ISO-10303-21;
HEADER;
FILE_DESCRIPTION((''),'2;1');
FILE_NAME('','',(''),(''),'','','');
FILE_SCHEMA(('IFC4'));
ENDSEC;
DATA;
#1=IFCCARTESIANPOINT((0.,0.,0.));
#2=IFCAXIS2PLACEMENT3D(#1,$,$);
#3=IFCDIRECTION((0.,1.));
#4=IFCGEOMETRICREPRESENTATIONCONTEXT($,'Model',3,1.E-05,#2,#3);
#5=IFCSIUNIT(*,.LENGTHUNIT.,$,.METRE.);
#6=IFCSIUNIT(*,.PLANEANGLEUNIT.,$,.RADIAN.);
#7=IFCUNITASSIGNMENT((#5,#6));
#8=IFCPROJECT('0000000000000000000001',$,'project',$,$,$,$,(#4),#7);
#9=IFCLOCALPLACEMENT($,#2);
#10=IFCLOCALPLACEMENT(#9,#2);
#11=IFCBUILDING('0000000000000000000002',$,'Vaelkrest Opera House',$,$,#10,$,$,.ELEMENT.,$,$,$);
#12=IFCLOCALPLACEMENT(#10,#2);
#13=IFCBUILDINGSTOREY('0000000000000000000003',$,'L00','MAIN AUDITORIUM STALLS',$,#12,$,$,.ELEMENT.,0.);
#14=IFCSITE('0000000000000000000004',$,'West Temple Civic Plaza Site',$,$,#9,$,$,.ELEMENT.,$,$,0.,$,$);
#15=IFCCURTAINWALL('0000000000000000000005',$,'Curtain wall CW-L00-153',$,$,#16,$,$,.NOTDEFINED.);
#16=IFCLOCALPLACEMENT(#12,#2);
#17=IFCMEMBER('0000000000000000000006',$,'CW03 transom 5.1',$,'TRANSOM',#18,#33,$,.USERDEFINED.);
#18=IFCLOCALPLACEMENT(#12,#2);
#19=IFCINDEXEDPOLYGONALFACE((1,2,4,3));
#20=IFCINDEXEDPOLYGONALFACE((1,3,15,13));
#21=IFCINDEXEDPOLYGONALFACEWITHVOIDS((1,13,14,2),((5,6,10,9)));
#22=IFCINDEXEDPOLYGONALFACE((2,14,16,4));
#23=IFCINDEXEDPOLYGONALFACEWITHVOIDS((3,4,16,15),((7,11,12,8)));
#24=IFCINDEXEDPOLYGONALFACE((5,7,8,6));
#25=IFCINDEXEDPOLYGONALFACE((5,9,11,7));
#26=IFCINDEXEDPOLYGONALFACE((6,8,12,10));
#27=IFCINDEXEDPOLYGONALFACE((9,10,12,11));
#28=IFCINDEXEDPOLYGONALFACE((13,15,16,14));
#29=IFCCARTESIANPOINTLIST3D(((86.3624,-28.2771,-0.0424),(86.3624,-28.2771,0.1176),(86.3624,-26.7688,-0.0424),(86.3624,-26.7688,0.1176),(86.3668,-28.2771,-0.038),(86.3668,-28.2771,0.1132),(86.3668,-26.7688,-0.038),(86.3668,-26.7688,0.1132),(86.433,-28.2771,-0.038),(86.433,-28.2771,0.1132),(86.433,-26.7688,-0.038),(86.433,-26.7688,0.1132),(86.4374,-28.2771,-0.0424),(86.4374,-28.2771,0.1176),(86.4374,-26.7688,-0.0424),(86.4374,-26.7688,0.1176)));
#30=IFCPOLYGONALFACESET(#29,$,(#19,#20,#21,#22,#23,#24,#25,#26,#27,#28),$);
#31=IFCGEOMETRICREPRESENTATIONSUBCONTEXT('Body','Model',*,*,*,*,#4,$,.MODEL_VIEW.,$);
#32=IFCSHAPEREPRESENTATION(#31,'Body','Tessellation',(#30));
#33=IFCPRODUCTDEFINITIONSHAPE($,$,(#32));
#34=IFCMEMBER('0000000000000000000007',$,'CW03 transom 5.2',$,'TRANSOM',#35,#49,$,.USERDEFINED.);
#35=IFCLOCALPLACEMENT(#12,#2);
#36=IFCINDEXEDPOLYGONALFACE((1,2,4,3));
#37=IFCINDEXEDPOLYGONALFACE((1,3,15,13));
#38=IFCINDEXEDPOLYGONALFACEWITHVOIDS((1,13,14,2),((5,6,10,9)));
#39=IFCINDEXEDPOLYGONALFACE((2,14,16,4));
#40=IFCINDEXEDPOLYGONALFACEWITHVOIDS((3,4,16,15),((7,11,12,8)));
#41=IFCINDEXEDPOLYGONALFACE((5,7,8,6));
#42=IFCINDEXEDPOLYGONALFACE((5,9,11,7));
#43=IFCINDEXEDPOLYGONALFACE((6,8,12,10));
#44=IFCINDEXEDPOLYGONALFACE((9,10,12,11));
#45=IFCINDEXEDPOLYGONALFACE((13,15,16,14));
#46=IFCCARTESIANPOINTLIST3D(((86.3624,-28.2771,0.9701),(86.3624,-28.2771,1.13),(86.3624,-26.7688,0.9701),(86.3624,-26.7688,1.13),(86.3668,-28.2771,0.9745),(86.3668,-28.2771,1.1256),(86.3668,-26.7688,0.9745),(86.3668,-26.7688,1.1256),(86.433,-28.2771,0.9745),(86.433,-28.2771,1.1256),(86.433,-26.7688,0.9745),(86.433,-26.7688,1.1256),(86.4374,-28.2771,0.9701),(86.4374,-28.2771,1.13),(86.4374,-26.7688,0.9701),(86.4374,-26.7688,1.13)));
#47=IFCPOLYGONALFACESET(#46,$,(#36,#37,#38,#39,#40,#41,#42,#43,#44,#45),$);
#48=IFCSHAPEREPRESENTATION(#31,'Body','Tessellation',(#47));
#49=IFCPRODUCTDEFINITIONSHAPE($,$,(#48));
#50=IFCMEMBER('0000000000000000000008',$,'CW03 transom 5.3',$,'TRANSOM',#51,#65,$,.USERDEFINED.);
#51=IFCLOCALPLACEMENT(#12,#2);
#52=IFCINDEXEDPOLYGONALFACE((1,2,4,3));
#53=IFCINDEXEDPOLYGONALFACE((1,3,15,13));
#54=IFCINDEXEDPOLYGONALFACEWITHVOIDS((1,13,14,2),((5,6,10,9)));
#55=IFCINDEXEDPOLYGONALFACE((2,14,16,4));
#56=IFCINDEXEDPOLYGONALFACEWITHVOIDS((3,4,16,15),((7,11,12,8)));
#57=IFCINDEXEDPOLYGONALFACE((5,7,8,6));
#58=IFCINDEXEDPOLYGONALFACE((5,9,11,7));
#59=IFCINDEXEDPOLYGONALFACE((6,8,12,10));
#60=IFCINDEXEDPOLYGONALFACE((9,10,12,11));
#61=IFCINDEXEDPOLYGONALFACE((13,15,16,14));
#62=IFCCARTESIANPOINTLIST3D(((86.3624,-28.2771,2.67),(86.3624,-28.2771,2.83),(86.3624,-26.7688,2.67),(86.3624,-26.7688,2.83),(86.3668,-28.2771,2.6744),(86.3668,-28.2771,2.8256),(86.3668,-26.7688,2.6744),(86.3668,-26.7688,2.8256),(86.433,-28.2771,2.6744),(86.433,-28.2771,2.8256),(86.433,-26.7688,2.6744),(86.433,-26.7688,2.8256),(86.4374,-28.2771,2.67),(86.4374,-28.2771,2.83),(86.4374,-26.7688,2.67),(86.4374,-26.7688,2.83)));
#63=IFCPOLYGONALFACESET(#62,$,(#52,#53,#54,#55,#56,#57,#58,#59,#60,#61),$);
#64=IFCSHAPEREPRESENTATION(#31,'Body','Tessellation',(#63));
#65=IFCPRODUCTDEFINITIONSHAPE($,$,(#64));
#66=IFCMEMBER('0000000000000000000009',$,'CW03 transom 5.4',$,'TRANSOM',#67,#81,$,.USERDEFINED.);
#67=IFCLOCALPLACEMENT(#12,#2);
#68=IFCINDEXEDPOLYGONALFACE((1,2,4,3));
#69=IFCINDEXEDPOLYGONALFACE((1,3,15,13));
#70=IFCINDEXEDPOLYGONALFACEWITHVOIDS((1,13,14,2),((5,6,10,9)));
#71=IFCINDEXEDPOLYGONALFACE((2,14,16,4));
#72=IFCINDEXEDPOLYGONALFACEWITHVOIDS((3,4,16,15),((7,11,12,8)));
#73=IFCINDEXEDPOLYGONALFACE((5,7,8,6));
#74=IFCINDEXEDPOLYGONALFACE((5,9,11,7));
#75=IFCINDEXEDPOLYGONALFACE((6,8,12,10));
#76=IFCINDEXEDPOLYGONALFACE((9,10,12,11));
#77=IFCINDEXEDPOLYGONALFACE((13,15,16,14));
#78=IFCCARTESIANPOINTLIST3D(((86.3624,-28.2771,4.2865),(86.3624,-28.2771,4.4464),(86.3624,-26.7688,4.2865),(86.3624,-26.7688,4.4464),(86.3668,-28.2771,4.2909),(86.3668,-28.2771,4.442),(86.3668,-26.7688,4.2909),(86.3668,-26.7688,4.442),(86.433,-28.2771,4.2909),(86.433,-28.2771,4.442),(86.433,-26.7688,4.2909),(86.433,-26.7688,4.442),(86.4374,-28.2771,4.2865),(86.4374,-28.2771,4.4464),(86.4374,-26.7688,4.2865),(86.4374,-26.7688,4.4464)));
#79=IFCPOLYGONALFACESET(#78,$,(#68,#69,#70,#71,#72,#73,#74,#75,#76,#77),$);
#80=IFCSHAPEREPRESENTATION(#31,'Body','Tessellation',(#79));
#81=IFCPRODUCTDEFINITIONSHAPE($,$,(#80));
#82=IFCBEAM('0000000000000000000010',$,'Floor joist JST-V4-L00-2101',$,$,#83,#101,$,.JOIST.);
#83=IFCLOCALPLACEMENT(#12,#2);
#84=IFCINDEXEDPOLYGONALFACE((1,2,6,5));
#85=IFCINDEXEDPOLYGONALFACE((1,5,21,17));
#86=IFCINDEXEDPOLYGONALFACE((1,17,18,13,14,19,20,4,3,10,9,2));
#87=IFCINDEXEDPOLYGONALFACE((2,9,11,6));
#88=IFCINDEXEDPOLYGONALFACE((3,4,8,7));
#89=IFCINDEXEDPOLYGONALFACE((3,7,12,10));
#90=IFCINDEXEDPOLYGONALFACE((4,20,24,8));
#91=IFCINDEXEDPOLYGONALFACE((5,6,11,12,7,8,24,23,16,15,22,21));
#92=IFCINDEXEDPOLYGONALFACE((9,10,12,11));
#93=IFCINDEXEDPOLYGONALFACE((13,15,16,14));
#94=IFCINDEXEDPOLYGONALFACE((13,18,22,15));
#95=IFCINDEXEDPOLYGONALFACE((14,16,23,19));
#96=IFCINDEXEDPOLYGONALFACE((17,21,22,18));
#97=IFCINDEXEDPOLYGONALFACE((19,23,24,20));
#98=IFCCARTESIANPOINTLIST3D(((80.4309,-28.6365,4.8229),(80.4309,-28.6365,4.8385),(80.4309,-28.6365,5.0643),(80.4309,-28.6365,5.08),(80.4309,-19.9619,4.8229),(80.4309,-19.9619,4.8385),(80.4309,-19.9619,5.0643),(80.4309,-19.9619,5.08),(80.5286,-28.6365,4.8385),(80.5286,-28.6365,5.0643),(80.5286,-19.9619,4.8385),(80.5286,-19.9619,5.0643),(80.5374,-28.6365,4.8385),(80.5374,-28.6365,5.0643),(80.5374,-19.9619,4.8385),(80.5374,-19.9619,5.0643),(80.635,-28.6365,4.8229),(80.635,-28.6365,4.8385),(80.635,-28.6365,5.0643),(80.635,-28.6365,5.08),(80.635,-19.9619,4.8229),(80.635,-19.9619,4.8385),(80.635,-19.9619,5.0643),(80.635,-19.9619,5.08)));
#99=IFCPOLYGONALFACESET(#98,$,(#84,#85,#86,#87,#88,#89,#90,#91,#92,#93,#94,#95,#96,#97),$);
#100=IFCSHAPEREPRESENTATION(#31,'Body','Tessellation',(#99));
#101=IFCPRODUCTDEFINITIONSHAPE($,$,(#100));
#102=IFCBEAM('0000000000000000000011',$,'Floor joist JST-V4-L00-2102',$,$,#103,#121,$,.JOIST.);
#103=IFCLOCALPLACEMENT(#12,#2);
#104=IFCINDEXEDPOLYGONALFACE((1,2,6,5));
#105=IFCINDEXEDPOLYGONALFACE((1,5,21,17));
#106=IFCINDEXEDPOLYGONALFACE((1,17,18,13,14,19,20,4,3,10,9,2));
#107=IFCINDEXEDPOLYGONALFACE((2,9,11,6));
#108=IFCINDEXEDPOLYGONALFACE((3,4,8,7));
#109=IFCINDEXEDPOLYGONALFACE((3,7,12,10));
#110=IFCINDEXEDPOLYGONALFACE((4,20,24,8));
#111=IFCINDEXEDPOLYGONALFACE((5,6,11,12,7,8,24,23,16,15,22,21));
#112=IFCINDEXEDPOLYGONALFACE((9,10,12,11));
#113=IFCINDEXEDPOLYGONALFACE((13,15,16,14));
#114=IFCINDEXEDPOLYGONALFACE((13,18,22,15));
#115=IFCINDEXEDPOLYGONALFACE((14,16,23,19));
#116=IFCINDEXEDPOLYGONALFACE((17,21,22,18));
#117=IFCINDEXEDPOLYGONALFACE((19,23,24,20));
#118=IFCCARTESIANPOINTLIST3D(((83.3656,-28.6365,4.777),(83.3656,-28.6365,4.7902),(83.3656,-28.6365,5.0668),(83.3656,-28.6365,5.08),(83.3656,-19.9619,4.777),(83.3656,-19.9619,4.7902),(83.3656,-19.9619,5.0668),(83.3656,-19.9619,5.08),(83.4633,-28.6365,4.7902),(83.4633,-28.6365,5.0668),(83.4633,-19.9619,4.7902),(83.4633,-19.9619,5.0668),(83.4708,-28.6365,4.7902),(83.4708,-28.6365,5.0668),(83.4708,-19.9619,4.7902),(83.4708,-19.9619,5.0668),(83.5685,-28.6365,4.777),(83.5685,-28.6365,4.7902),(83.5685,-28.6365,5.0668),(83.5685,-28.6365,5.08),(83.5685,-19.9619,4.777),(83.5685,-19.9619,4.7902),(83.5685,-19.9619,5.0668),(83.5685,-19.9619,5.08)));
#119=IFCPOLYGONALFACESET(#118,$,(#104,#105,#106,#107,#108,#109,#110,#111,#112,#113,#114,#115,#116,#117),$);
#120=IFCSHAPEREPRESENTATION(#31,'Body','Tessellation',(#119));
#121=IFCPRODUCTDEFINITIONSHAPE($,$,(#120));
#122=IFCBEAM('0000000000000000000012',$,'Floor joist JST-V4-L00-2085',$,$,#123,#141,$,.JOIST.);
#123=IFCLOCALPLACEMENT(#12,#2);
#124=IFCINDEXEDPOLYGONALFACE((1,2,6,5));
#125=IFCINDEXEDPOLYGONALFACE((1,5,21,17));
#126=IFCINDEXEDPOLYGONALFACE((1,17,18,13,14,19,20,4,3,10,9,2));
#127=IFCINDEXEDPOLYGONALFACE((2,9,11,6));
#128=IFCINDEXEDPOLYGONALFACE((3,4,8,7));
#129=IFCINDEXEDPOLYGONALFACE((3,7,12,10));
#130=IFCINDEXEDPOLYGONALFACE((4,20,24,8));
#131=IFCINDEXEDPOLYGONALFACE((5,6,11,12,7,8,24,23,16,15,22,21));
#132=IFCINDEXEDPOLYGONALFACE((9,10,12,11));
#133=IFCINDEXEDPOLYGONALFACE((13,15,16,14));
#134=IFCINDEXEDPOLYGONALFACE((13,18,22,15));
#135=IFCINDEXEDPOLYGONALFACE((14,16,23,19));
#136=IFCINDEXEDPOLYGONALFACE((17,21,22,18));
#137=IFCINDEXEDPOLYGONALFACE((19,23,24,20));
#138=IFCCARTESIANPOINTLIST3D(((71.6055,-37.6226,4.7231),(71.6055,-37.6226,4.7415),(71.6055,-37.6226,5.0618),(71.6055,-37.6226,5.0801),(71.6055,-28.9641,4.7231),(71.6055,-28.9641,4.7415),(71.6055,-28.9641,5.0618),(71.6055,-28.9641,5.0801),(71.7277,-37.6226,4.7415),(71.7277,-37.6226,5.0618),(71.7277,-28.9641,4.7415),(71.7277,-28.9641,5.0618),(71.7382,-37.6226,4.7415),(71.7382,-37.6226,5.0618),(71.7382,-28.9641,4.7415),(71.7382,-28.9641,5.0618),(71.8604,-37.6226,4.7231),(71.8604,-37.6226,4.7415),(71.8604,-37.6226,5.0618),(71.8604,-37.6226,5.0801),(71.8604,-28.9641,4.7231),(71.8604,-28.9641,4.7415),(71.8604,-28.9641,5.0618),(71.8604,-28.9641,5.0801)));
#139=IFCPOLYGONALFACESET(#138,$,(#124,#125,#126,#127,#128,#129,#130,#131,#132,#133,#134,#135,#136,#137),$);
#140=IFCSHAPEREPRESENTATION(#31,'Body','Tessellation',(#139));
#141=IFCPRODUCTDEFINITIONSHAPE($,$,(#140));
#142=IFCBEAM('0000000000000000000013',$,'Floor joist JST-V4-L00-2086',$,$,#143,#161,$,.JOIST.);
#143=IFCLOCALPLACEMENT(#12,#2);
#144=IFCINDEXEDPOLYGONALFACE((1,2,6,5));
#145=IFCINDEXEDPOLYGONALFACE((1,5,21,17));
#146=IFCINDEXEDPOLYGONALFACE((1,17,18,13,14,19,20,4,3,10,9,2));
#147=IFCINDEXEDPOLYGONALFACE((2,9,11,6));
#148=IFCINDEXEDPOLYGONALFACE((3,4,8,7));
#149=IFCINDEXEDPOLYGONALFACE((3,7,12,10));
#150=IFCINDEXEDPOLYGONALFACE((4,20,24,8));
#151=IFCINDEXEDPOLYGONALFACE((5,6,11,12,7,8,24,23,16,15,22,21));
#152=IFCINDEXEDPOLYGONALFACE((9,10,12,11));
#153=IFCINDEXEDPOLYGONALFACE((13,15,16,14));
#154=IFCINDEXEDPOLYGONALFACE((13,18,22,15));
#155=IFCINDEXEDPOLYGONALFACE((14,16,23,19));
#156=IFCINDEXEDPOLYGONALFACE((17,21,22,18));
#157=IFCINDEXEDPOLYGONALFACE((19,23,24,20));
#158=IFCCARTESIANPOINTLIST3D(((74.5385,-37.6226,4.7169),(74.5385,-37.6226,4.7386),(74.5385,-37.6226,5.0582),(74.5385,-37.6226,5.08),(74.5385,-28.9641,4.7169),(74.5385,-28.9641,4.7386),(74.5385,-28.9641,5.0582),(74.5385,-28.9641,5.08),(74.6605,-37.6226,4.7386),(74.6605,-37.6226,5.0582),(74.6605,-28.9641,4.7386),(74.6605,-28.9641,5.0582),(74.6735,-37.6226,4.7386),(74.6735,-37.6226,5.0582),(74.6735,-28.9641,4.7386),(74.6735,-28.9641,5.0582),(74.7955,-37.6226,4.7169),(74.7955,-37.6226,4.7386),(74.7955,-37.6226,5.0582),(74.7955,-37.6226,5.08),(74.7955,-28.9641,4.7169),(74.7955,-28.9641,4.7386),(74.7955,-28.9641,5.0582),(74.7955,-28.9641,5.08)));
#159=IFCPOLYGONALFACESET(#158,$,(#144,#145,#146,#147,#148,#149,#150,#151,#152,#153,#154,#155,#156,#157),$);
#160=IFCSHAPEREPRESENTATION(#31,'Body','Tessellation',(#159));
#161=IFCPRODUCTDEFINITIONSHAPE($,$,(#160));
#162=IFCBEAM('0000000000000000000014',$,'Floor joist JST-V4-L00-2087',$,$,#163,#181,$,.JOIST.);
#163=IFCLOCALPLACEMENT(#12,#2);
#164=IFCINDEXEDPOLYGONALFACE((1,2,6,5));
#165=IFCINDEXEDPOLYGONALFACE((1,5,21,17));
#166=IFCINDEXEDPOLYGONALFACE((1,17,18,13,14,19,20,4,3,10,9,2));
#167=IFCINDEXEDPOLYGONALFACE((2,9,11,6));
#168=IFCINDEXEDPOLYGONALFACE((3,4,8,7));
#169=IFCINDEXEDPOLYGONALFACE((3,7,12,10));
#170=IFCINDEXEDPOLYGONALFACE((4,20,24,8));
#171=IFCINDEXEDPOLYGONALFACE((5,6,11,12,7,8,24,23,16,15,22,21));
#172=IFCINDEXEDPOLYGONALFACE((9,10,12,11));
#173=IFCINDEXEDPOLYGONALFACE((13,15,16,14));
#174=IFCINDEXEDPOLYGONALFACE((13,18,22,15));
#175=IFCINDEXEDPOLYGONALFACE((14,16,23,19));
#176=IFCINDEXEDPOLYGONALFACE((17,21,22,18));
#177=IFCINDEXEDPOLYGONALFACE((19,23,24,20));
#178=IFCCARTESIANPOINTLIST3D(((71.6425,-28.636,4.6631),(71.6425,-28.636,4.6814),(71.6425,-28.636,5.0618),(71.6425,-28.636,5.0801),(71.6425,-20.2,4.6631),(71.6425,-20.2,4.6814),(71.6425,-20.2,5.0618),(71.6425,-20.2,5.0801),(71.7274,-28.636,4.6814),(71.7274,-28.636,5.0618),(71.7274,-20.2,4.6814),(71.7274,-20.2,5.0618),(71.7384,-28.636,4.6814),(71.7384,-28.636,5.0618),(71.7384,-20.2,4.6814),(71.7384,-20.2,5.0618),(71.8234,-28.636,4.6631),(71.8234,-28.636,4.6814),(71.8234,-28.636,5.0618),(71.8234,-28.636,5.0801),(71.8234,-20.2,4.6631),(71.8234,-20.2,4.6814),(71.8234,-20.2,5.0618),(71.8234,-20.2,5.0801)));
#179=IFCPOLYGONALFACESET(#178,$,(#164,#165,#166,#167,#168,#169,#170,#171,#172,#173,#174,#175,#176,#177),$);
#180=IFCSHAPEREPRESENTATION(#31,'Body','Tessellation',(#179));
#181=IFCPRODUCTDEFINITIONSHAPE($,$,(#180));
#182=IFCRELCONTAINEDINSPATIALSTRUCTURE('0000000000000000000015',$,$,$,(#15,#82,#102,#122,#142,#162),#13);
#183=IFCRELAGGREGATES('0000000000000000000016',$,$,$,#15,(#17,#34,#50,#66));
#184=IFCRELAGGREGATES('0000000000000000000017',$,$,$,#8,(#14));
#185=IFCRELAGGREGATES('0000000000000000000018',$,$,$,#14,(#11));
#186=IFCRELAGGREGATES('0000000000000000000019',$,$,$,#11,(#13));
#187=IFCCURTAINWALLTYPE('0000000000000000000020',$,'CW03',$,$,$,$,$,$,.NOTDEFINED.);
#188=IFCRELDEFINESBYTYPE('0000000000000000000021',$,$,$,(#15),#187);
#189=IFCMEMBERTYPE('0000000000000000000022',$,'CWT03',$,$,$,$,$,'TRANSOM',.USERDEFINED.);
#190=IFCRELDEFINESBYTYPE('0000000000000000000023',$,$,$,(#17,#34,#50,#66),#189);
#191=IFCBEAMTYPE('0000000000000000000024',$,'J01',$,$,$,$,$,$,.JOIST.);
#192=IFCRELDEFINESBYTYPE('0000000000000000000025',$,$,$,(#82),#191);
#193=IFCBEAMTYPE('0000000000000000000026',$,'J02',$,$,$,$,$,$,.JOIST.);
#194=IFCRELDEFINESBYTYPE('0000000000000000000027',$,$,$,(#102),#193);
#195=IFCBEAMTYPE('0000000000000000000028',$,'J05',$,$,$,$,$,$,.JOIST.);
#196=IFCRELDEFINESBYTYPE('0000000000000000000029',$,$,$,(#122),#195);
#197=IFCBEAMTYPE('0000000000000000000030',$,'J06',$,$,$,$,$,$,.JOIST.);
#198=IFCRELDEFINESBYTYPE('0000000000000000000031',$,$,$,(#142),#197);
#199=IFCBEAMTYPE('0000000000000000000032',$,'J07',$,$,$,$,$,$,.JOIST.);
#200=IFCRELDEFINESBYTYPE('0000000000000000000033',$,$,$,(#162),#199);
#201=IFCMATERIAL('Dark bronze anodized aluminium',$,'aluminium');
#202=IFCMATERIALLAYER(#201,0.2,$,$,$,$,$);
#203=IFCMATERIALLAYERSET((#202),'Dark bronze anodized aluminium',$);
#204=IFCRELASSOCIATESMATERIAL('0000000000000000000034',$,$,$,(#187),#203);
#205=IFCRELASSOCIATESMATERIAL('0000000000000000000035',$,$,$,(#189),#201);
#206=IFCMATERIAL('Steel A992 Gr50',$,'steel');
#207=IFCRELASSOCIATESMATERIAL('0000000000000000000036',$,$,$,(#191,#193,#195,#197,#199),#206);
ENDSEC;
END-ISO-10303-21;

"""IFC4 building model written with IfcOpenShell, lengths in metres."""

from ifc_helpers import new_model, si_unit, direction, frame, origin, origin_2d, place, context, subcontext, project, spatial, hollow_rectangle, i_section, extrude, material, layer, layer_set, material_profile, profile_set, type_object, element, aggregate, save


model = new_model("IFC4")

# Units and contexts
model_context = context("Model", 3, precision=1e-05, world=origin(), true_north=direction((0.0, 1.0)))
body_context = subcontext(model_context, "Body", "Model", "MODEL_VIEW")
ifc_project = project(units=[si_unit("LENGTHUNIT", "METRE"), si_unit("PLANEANGLEUNIT", "RADIAN")], contexts=[model_context])

# Site, building, storey
site_placement = place(None, origin())
site = spatial("IfcSite", under=ifc_project, at=site_placement, Name="West Temple Civic Plaza Site", CompositionType="ELEMENT", RefElevation=0.0)
building_placement = place(site_placement, origin())
building = spatial("IfcBuilding", under=site, at=building_placement, Name="Vaelkrest Opera House", CompositionType="ELEMENT")
storey_placement = place(building_placement, origin())
storey = spatial("IfcBuildingStorey", under=building, at=storey_placement, Name="L00", Description="MAIN AUDITORIUM STALLS", CompositionType="ELEMENT", Elevation=0.0)

# Shared definitions
ifc_material_1 = material(Name="Steel A992 Gr50", Category="steel")

# Curtain wall, members
ifc_material_2 = material(Name="Dark bronze anodized aluminium", Category="aluminium")
ifc_layer_1 = layer(ifc_material_2, 0.2)
ifc_layer_set_1 = layer_set([ifc_layer_1], Name="Dark bronze anodized aluminium")
curtain_wall_type = type_object("IfcCurtainWallType", Name="CW03", PredefinedType="NOTDEFINED", material=ifc_layer_set_1)
curtain_wall_placement = place(storey_placement, origin())
curtain_wall = element("IfcCurtainWall", 1, at=curtain_wall_placement, inside=storey, type_object=curtain_wall_type, Name="Curtain wall CW-L00-153", PredefinedType="NOTDEFINED")
ifc_material_profile_1 = material_profile(ifc_material_2, hollow_rectangle(XDim=0.075, YDim=0.1599, WallThickness=0.0044, at=origin_2d()), Name="CWT75X160")
ifc_profile_set_1 = profile_set([ifc_material_profile_1], Name="Dark bronze anodized aluminium")
member_type_1 = type_object("IfcMemberType", Name="CWT03", ElementType="TRANSOM", PredefinedType="USERDEFINED", material=ifc_profile_set_1)
member_1_placement = place(storey_placement, frame((86.3999, -26.7688, 0.0376), z_axis=(0.0, -1.0, 0.0), x_axis=(1.0, 0.0, 0.0)))
member_1 = element("IfcMember", 2, at=member_1_placement, type_object=member_type_1, Name="CW03 transom 5.1", ObjectType="TRANSOM", PredefinedType="USERDEFINED", context=body_context, shape_type="SweptSolid", body=[
    extrude(hollow_rectangle(XDim=0.075, YDim=0.1599, WallThickness=0.0044, at=origin_2d()), origin(), (0.0, 0.0, 1.0), 1.5083),
])
member_2_placement = place(storey_placement, frame((86.3999, -26.7688, 1.05), z_axis=(0.0, -1.0, 0.0), x_axis=(1.0, 0.0, 0.0)))
member_2 = element("IfcMember", 3, at=member_2_placement, type_object=member_type_1, Name="CW03 transom 5.2", ObjectType="TRANSOM", PredefinedType="USERDEFINED", context=body_context, shape_type="SweptSolid", body=[
    extrude(hollow_rectangle(XDim=0.075, YDim=0.1599, WallThickness=0.0044, at=origin_2d()), origin(), (0.0, 0.0, 1.0), 1.5083),
])
member_3_placement = place(storey_placement, frame((86.3999, -26.7688, 2.75), z_axis=(0.0, -1.0, 0.0), x_axis=(1.0, 0.0, 0.0)))
member_3 = element("IfcMember", 4, at=member_3_placement, type_object=member_type_1, Name="CW03 transom 5.3", ObjectType="TRANSOM", PredefinedType="USERDEFINED", context=body_context, shape_type="SweptSolid", body=[
    extrude(hollow_rectangle(XDim=0.075, YDim=0.1599, WallThickness=0.0044, at=origin_2d()), origin(), (0.0, 0.0, 1.0), 1.5083),
])
member_4_placement = place(storey_placement, frame((86.3999, -26.7688, 4.3665), z_axis=(0.0, -1.0, 0.0), x_axis=(1.0, 0.0, 0.0)))
member_4 = element("IfcMember", 5, at=member_4_placement, type_object=member_type_1, Name="CW03 transom 5.4", ObjectType="TRANSOM", PredefinedType="USERDEFINED", context=body_context, shape_type="SweptSolid", body=[
    extrude(hollow_rectangle(XDim=0.075, YDim=0.1599, WallThickness=0.0044, at=origin_2d()), origin(), (0.0, 0.0, 1.0), 1.5083),
])

# Beams
ifc_material_profile_2 = material_profile(ifc_material_1, i_section(OverallWidth=0.2041, OverallDepth=0.2571, WebThickness=0.0088, FlangeThickness=0.0156, at=origin_2d()), Name="W10X45")
ifc_profile_set_2 = profile_set([ifc_material_profile_2], Name="Steel A992 Gr50")
beam_type_1 = type_object("IfcBeamType", Name="J01", PredefinedType="JOIST", material=ifc_profile_set_2)
beam_1_placement = place(storey_placement, frame((80.533, -28.6365, 4.9514), z_axis=(0.0, 1.0, 0.0), x_axis=(-1.0, 0.0, 0.0)))
element("IfcBeam", 6, at=beam_1_placement, inside=storey, type_object=beam_type_1, Name="Floor joist JST-V4-L00-2101", PredefinedType="JOIST", context=body_context, shape_type="SweptSolid", body=[
    extrude(i_section(OverallWidth=0.2041, OverallDepth=0.2571, WebThickness=0.0088, FlangeThickness=0.0156, at=origin_2d()), origin(), (0.0, 0.0, 1.0), 8.6746),
])
ifc_material_profile_3 = material_profile(ifc_material_1, i_section(OverallWidth=0.2029, OverallDepth=0.303, WebThickness=0.0076, FlangeThickness=0.0132, at=origin_2d()), Name="W12X40")
ifc_profile_set_3 = profile_set([ifc_material_profile_3], Name="Steel A992 Gr50")
beam_type_2 = type_object("IfcBeamType", Name="J02", PredefinedType="JOIST", material=ifc_profile_set_3)
beam_2_placement = place(storey_placement, frame((83.467, -28.6365, 4.9285), z_axis=(0.0, 1.0, 0.0), x_axis=(-1.0, 0.0, 0.0)))
element("IfcBeam", 7, at=beam_2_placement, inside=storey, type_object=beam_type_2, Name="Floor joist JST-V4-L00-2102", PredefinedType="JOIST", context=body_context, shape_type="SweptSolid", body=[
    extrude(i_section(OverallWidth=0.2029, OverallDepth=0.303, WebThickness=0.0076, FlangeThickness=0.0132, at=origin_2d()), origin(), (0.0, 0.0, 1.0), 8.6746),
])
ifc_material_profile_4 = material_profile(ifc_material_1, i_section(OverallWidth=0.2549, OverallDepth=0.3569, WebThickness=0.0105, FlangeThickness=0.0183, at=origin_2d()), Name="W14X68")
ifc_profile_set_4 = profile_set([ifc_material_profile_4], Name="Steel A992 Gr50")
beam_type_3 = type_object("IfcBeamType", Name="J05", PredefinedType="JOIST", material=ifc_profile_set_4)
beam_3_placement = place(storey_placement, frame((71.7329, -37.6226, 4.9016), z_axis=(0.0, 1.0, 0.0), x_axis=(-1.0, 0.0, 0.0)))
element("IfcBeam", 8, at=beam_3_placement, inside=storey, type_object=beam_type_3, Name="Floor joist JST-V4-L00-2085", PredefinedType="JOIST", context=body_context, shape_type="SweptSolid", body=[
    extrude(i_section(OverallWidth=0.2549, OverallDepth=0.3569, WebThickness=0.0105, FlangeThickness=0.0183, at=origin_2d()), origin(), (0.0, 0.0, 1.0), 8.6584),
])
ifc_material_profile_5 = material_profile(ifc_material_1, i_section(OverallWidth=0.2571, OverallDepth=0.363, WebThickness=0.0129, FlangeThickness=0.0217, at=origin_2d()), Name="W14X82")
ifc_profile_set_5 = profile_set([ifc_material_profile_5], Name="Steel A992 Gr50")
beam_type_4 = type_object("IfcBeamType", Name="J06", PredefinedType="JOIST", material=ifc_profile_set_5)
beam_4_placement = place(storey_placement, frame((74.667, -37.6226, 4.8984), z_axis=(0.0, 1.0, 0.0), x_axis=(-1.0, 0.0, 0.0)))
element("IfcBeam", 9, at=beam_4_placement, inside=storey, type_object=beam_type_4, Name="Floor joist JST-V4-L00-2086", PredefinedType="JOIST", context=body_context, shape_type="SweptSolid", body=[
    extrude(i_section(OverallWidth=0.2571, OverallDepth=0.363, WebThickness=0.0129, FlangeThickness=0.0217, at=origin_2d()), origin(), (0.0, 0.0, 1.0), 8.6584),
])
ifc_material_profile_6 = material_profile(ifc_material_1, i_section(OverallWidth=0.1809, OverallDepth=0.417, WebThickness=0.011, FlangeThickness=0.0183, at=origin_2d()), Name="W16X57")
ifc_profile_set_6 = profile_set([ifc_material_profile_6], Name="Steel A992 Gr50")
beam_type_5 = type_object("IfcBeamType", Name="J07", PredefinedType="JOIST", material=ifc_profile_set_6)
beam_5_placement = place(storey_placement, frame((71.7329, -28.636, 4.8716), z_axis=(0.0, 1.0, 0.0), x_axis=(-1.0, 0.0, 0.0)))
element("IfcBeam", 10, at=beam_5_placement, inside=storey, type_object=beam_type_5, Name="Floor joist JST-V4-L00-2087", PredefinedType="JOIST", context=body_context, shape_type="SweptSolid", body=[
    extrude(i_section(OverallWidth=0.1809, OverallDepth=0.417, WebThickness=0.011, FlangeThickness=0.0183, at=origin_2d()), origin(), (0.0, 0.0, 1.0), 8.436),
])

aggregate(curtain_wall, [member_1, member_2, member_3, member_4])

save(model, "model.ifc")
